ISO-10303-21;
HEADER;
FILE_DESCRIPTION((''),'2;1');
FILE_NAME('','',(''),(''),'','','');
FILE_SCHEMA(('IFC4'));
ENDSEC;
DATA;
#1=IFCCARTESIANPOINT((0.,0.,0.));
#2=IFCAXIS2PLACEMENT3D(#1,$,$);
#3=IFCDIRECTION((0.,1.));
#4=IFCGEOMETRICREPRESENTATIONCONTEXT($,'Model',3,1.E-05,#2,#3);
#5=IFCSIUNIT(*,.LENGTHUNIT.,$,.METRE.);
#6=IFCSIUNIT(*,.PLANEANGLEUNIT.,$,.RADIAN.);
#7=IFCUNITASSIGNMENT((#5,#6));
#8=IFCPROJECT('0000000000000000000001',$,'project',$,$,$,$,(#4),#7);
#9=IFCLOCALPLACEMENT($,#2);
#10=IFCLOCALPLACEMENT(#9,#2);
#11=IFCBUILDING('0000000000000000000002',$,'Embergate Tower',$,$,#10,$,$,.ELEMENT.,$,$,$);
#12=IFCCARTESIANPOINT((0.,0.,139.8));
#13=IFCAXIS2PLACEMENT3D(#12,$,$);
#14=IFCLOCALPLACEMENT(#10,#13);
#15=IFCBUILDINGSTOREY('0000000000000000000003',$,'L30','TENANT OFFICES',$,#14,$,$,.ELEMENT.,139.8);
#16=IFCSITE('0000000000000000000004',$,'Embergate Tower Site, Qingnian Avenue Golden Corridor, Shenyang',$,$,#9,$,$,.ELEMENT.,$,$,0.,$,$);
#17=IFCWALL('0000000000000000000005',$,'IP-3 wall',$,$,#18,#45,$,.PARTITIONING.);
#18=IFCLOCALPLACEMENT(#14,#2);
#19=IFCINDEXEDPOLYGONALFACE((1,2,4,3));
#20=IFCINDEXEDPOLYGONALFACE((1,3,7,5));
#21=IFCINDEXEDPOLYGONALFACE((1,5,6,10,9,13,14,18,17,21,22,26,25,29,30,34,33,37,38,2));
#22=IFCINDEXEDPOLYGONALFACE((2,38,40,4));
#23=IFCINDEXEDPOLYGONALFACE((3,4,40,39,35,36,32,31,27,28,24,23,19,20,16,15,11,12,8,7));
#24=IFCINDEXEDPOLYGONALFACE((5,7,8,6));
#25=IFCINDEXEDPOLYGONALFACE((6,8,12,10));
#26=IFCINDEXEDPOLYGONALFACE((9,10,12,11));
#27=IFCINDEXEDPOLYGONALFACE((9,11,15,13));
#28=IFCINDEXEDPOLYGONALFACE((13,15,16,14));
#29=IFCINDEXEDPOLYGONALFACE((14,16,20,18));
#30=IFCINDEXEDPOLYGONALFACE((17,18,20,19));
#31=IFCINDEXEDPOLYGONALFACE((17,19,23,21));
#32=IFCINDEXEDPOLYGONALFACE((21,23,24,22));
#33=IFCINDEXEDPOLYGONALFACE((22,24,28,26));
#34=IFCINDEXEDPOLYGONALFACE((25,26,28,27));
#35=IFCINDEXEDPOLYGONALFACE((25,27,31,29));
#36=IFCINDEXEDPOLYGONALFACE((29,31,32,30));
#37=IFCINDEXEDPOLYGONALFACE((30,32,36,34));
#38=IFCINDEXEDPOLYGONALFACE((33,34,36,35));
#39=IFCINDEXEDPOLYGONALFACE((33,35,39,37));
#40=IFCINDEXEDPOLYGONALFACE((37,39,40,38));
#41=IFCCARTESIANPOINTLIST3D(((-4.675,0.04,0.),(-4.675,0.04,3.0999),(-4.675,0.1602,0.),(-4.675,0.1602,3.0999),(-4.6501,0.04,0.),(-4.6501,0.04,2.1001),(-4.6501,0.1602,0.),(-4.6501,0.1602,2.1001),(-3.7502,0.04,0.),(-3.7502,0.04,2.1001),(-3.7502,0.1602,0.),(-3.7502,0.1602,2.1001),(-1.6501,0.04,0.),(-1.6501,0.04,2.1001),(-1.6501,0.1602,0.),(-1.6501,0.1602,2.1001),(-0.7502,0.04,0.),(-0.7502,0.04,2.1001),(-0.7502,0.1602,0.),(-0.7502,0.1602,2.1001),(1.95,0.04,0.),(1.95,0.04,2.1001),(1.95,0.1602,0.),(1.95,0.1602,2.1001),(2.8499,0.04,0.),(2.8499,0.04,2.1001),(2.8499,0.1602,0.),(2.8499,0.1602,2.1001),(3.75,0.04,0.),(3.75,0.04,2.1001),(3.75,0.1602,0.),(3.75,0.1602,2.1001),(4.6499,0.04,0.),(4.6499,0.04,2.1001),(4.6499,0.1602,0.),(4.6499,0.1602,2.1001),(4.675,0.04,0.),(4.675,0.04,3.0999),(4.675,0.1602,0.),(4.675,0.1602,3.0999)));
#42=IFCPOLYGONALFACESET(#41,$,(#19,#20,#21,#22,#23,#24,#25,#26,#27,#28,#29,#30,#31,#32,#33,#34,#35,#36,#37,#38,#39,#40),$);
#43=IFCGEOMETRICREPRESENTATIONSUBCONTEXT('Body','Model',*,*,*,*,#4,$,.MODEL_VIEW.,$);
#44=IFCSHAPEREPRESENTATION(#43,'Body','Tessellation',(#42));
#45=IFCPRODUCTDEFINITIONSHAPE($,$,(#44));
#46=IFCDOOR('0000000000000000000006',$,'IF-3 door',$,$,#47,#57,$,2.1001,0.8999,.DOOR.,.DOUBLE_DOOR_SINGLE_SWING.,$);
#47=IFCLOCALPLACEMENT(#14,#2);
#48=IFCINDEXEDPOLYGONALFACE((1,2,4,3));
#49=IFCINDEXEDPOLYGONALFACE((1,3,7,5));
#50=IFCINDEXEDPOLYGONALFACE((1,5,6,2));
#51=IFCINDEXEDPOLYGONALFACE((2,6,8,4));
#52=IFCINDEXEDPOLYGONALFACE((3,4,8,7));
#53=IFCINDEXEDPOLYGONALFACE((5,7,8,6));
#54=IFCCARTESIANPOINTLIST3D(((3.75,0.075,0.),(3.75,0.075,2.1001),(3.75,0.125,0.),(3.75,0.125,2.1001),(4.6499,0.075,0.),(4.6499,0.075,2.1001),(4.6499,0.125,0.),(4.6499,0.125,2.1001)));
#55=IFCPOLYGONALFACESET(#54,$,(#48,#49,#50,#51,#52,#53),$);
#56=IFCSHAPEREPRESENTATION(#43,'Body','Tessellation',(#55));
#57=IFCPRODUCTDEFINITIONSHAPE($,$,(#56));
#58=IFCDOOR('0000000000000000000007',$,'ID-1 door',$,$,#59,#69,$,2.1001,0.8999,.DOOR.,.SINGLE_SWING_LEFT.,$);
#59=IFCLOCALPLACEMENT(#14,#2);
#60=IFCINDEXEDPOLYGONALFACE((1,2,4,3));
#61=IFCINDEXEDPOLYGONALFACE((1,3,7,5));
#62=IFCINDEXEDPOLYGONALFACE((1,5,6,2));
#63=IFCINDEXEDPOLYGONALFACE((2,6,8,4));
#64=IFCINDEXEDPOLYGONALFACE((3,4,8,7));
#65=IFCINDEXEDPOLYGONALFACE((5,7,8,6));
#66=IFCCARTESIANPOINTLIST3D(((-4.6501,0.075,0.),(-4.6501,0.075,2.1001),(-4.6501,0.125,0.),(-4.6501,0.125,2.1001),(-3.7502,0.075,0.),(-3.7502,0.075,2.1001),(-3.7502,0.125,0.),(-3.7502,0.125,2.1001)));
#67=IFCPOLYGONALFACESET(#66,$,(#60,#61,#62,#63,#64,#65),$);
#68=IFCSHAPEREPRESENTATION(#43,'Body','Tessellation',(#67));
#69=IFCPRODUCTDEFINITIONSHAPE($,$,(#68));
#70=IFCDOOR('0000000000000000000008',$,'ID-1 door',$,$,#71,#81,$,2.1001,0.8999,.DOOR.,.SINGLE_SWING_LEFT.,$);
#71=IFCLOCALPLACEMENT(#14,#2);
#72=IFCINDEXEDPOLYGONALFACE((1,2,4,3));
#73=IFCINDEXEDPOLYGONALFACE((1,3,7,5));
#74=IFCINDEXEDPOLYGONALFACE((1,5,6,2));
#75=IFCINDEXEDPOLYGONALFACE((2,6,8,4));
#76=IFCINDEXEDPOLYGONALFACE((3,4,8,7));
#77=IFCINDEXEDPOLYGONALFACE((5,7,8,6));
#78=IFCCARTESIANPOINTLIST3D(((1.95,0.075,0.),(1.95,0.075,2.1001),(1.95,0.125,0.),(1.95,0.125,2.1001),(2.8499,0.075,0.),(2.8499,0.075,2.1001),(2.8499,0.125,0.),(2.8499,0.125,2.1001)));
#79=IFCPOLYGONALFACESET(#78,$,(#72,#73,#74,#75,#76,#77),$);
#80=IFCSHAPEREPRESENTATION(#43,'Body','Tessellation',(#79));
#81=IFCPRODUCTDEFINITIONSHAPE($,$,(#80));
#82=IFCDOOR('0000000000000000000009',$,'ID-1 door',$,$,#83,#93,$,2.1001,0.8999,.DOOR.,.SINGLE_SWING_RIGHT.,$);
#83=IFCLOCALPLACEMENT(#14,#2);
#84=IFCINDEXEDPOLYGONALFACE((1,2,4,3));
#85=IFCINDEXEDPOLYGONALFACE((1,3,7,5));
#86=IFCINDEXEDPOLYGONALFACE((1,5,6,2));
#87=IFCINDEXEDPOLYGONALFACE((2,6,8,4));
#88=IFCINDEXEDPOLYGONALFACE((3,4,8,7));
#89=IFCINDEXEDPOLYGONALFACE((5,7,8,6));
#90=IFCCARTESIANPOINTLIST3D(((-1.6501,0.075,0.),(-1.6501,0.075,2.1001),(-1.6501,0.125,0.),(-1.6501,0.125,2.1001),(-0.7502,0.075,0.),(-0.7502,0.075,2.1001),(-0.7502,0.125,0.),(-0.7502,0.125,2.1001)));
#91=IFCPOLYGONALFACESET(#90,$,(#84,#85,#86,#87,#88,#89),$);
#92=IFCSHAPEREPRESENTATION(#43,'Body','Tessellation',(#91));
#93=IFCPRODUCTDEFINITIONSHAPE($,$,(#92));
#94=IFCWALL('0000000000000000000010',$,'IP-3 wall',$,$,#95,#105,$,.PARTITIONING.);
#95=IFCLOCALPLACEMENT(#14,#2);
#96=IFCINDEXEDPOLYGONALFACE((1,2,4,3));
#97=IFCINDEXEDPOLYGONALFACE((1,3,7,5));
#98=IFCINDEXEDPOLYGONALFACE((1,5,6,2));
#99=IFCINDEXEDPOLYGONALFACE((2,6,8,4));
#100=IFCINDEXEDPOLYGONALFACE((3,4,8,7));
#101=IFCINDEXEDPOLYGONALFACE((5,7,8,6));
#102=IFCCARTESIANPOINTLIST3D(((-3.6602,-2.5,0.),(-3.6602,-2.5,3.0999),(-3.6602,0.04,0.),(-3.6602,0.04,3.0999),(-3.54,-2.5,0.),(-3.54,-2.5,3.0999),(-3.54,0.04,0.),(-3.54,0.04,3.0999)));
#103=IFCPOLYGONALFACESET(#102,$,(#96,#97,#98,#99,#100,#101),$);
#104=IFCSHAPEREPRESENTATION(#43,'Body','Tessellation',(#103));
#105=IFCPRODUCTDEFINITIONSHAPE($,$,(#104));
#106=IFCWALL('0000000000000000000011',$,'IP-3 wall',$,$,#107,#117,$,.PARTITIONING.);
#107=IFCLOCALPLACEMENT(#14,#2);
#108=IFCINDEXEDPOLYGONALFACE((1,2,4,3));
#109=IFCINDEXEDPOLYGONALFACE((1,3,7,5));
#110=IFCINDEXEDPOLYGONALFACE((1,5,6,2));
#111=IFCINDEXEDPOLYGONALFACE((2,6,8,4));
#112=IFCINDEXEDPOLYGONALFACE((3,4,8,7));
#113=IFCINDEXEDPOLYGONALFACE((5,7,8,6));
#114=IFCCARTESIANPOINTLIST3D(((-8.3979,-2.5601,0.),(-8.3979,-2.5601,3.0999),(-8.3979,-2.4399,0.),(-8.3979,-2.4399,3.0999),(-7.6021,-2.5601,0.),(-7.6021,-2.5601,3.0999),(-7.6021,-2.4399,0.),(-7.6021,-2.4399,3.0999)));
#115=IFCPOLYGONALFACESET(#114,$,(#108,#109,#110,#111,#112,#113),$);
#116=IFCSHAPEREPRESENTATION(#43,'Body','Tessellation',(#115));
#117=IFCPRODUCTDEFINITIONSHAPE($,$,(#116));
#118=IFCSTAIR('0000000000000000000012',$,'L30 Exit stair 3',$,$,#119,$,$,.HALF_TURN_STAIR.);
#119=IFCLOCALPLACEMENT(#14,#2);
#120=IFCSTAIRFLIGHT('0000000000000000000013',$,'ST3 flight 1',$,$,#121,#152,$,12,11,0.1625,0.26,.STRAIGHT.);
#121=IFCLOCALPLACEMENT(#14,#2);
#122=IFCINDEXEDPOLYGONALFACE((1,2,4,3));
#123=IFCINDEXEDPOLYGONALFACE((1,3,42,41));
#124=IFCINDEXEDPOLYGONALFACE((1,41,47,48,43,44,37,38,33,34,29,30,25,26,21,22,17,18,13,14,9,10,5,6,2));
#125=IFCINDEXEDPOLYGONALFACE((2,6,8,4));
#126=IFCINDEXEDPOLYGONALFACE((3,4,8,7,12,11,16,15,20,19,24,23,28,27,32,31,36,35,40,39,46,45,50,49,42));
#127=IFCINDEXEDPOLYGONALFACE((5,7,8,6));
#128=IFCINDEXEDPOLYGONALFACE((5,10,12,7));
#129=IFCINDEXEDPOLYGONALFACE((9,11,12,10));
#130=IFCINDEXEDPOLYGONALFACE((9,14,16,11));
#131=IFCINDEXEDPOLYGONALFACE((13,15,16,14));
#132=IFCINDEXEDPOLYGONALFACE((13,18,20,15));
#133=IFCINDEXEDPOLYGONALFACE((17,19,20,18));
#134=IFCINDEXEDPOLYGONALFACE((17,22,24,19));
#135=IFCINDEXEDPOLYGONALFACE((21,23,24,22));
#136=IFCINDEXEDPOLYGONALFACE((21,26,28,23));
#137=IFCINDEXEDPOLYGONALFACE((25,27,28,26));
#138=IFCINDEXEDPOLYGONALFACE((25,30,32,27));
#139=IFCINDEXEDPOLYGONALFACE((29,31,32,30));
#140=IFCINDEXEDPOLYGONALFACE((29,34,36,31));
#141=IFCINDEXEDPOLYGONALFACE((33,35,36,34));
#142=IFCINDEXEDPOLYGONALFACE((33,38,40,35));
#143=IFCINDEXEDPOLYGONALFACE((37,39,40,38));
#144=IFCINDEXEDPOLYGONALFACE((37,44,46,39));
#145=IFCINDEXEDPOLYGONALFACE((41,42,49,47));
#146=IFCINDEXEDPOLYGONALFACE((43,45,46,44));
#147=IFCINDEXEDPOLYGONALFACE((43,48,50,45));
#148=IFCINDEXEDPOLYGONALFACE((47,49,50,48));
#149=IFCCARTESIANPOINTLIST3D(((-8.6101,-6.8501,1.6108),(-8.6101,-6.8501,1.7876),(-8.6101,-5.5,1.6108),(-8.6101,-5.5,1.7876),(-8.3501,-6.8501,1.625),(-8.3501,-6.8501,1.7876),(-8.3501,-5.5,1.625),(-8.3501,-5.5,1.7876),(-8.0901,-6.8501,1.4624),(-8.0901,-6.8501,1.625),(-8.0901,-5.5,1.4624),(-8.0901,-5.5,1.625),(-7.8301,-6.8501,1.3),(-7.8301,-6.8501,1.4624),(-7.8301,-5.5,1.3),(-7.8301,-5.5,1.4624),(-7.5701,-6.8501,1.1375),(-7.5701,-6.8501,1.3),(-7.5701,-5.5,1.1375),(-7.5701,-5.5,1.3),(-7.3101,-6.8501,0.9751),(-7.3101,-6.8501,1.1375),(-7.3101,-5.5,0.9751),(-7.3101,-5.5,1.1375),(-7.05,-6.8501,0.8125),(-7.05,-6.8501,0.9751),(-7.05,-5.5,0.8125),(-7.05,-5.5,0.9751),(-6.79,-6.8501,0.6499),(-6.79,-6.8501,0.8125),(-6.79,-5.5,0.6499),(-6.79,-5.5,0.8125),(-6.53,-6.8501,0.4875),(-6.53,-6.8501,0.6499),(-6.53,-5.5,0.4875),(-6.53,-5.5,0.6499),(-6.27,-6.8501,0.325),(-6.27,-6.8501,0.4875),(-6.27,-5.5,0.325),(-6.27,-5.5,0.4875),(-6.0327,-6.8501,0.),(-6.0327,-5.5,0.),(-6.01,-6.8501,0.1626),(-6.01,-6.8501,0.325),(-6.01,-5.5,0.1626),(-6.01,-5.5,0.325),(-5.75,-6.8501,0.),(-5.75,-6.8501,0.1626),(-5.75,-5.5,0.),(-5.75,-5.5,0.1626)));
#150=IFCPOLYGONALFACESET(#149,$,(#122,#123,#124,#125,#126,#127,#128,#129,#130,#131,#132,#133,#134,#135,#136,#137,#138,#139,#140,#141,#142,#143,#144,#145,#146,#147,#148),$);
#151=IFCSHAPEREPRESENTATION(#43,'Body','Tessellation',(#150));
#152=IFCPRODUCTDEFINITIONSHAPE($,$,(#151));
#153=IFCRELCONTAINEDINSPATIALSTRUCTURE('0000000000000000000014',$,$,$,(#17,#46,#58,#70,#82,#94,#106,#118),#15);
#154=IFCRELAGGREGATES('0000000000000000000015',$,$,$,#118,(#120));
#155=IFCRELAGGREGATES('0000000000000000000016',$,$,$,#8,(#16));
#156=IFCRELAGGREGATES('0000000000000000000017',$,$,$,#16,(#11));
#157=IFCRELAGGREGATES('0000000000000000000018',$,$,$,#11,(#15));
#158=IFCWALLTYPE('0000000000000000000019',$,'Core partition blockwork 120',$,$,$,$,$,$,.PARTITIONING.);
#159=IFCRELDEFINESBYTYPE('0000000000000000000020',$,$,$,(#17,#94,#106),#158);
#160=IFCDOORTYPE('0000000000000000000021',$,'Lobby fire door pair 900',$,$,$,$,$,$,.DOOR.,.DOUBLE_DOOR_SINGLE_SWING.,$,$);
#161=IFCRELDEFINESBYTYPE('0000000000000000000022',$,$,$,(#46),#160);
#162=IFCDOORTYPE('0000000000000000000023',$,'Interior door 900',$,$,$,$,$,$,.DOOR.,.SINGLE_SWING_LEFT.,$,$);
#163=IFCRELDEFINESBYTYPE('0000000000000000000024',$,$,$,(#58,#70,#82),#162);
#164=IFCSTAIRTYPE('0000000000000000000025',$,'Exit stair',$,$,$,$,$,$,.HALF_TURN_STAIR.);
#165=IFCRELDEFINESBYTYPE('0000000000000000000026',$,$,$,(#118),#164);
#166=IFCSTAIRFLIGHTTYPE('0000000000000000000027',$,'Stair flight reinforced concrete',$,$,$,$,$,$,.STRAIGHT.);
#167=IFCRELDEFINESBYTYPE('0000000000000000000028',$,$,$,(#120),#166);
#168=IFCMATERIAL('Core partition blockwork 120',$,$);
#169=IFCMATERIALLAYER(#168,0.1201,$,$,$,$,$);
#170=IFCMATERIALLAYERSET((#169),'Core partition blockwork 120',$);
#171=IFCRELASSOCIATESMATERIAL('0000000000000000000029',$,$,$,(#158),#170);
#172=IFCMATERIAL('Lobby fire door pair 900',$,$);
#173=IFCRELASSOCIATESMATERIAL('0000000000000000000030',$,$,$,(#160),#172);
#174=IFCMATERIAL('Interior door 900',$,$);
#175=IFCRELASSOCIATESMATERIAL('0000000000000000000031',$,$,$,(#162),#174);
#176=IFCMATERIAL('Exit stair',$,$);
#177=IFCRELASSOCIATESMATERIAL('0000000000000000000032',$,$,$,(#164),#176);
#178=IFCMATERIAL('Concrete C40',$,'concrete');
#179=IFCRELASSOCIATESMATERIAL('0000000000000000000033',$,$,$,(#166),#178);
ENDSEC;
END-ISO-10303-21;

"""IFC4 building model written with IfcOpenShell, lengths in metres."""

from ifc_helpers import new_model, si_unit, direction, frame, frame_2d, origin, place, context, subcontext, project, spatial, polyline, rectangle, outline, extrude, source, transform, mapped, material, layer, layer_set, type_object, element, fill, aggregate, save


model = new_model("IFC4")

# Units and contexts
model_context = context("Model", 3, precision=1e-05, world=origin(), true_north=direction((0.0, 1.0)))
body_context = subcontext(model_context, "Body", "Model", "MODEL_VIEW")
ifc_project = project(units=[si_unit("LENGTHUNIT", "METRE"), si_unit("PLANEANGLEUNIT", "RADIAN")], contexts=[model_context])

# Site, building, storey
site_placement = place(None, origin())
site = spatial("IfcSite", under=ifc_project, at=site_placement, Name="Embergate Tower Site, Qingnian Avenue Golden Corridor, Shenyang", CompositionType="ELEMENT", RefElevation=0.0)
building_placement = place(site_placement, origin())
building = spatial("IfcBuilding", under=site, at=building_placement, Name="Embergate Tower", CompositionType="ELEMENT")
storey_placement = place(building_placement, frame((0.0, 0.0, 139.8)))
storey = spatial("IfcBuildingStorey", under=building, at=storey_placement, Name="L30", Description="TENANT OFFICES", CompositionType="ELEMENT", Elevation=139.8)

# Shared definitions
ifc_material_1 = material(Name="Core partition blockwork 120")
ifc_layer_1 = layer(ifc_material_1, 0.1201)
ifc_layer_set_1 = layer_set([ifc_layer_1], Name="Core partition blockwork 120")
wall_type_1 = type_object("IfcWallType", Name="Core partition blockwork 120", PredefinedType="PARTITIONING", material=ifc_layer_set_1)

# Wall, openings, doors
shared_shape_1 = source(origin(), body_context, "Body", "SweptSolid", [
    extrude(rectangle(XDim=9.3501, YDim=0.1201, at=frame_2d((4.675, 0.0))), origin(), (0.0, 0.0, 1.0), 3.0999),
])
wall_1_placement = place(storey_placement, frame((-4.675, 0.1001, 0.0), z_axis=(0.0, 0.0, 1.0), x_axis=(1.0, 0.0, 0.0)))
wall_1 = element("IfcWall", 1, at=wall_1_placement, inside=storey, type_object=wall_type_1, Name="IP-3 wall", PredefinedType="PARTITIONING", context=body_context, shape_type="MappedRepresentation", body=[
    mapped(shared_shape_1, transform((0.0, 0.0, 0.0))),
])
shared_shape_2 = source(origin(), body_context, "Body", "SweptSolid", [
    extrude(rectangle(XDim=0.8999, YDim=2.1001, at=frame_2d((0.45, 1.05))), frame((0.0, 0.0701, 0.0), z_axis=(0.0, -1.0, 0.0), x_axis=(1.0, 0.0, 0.0)), (0.0, 0.0, 1.0), 0.1401),
])
opening_1_placement = place(wall_1_placement, frame((8.425, 0.0, 0.0)))
opening_1 = element("IfcOpeningElement", 2, at=opening_1_placement, cuts=wall_1, PredefinedType="OPENING", context=body_context, shape_type="MappedRepresentation", body=[
    mapped(shared_shape_2, transform((0.0, 0.0, 0.0))),
])
opening_2_placement = place(wall_1_placement, frame((0.0249, 0.0, 0.0)))
opening_2 = element("IfcOpeningElement", 3, at=opening_2_placement, cuts=wall_1, PredefinedType="OPENING", context=body_context, shape_type="MappedRepresentation", body=[
    mapped(shared_shape_2, transform((0.0, 0.0, 0.0))),
])
opening_3_placement = place(wall_1_placement, frame((6.625, 0.0, 0.0)))
opening_3 = element("IfcOpeningElement", 4, at=opening_3_placement, cuts=wall_1, PredefinedType="OPENING", context=body_context, shape_type="MappedRepresentation", body=[
    mapped(shared_shape_2, transform((0.0, 0.0, 0.0))),
])
opening_4_placement = place(wall_1_placement, frame((3.0249, 0.0, 0.0)))
opening_4 = element("IfcOpeningElement", 5, at=opening_4_placement, cuts=wall_1, PredefinedType="OPENING", context=body_context, shape_type="MappedRepresentation", body=[
    mapped(shared_shape_2, transform((0.0, 0.0, 0.0))),
])
ifc_material_2 = material(Name="Lobby fire door pair 900")
door_type_1 = type_object("IfcDoorType", Name="Lobby fire door pair 900", OperationType="DOUBLE_DOOR_SINGLE_SWING", PredefinedType="DOOR", material=ifc_material_2)
shared_shape_3 = source(origin(), body_context, "Body", "SweptSolid", [
    extrude(rectangle(XDim=0.8999, YDim=2.1001, at=frame_2d((0.45, 1.05))), frame((0.0, 0.0249, 0.0), z_axis=(0.0, -1.0, 0.0), x_axis=(1.0, 0.0, 0.0)), (0.0, 0.0, 1.0), 0.05),
])
door_1_placement = place(opening_1_placement, origin())
door_1 = element("IfcDoor", 6, at=door_1_placement, inside=storey, type_object=door_type_1, Name="IF-3 door", OperationType="DOUBLE_DOOR_SINGLE_SWING", OverallHeight=2.1001, OverallWidth=0.8999, PredefinedType="DOOR", context=body_context, shape_type="MappedRepresentation", body=[
    mapped(shared_shape_3, transform((0.0, 0.0, 0.0))),
])
fill(opening_1, door_1)
ifc_material_3 = material(Name="Interior door 900")
door_type_2 = type_object("IfcDoorType", Name="Interior door 900", OperationType="SINGLE_SWING_LEFT", PredefinedType="DOOR", material=ifc_material_3)
door_2_placement = place(opening_2_placement, origin())
door_2 = element("IfcDoor", 7, at=door_2_placement, inside=storey, type_object=door_type_2, Name="ID-1 door", OperationType="SINGLE_SWING_LEFT", OverallHeight=2.1001, OverallWidth=0.8999, PredefinedType="DOOR", context=body_context, shape_type="MappedRepresentation", body=[
    mapped(shared_shape_3, transform((0.0, 0.0, 0.0))),
])
fill(opening_2, door_2)
door_3_placement = place(opening_3_placement, origin())
door_3 = element("IfcDoor", 8, at=door_3_placement, inside=storey, type_object=door_type_2, Name="ID-1 door", OperationType="SINGLE_SWING_LEFT", OverallHeight=2.1001, OverallWidth=0.8999, PredefinedType="DOOR", context=body_context, shape_type="MappedRepresentation", body=[
    mapped(shared_shape_3, transform((0.0, 0.0, 0.0))),
])
fill(opening_3, door_3)
door_4_placement = place(opening_4_placement, origin())
door_4 = element("IfcDoor", 9, at=door_4_placement, inside=storey, type_object=door_type_2, Name="ID-1 door", OperationType="SINGLE_SWING_RIGHT", OverallHeight=2.1001, OverallWidth=0.8999, PredefinedType="DOOR", context=body_context, shape_type="MappedRepresentation", body=[
    mapped(shared_shape_3, transform((0.0, 0.0, 0.0))),
])
fill(opening_4, door_4)

# Walls
shared_shape_4 = source(origin(), body_context, "Body", "SweptSolid", [
    extrude(rectangle(XDim=2.54, YDim=0.1201, at=frame_2d((1.27, 0.0))), origin(), (0.0, 0.0, 1.0), 3.0999),
])
wall_2_placement = place(storey_placement, frame((-3.6001, -2.5, 0.0), z_axis=(0.0, 0.0, 1.0), x_axis=(0.0, 1.0, 0.0)))
element("IfcWall", 10, at=wall_2_placement, inside=storey, type_object=wall_type_1, Name="IP-3 wall", PredefinedType="PARTITIONING", context=body_context, shape_type="MappedRepresentation", body=[
    mapped(shared_shape_4, transform((0.0, 0.0, 0.0))),
])
shared_shape_5 = source(origin(), body_context, "Body", "SweptSolid", [
    extrude(rectangle(XDim=0.7959, YDim=0.1201, at=frame_2d((0.3979, 0.0))), origin(), (0.0, 0.0, 1.0), 3.0999),
])
wall_3_placement = place(storey_placement, frame((-8.3979, -2.5, 0.0), z_axis=(0.0, 0.0, 1.0), x_axis=(1.0, 0.0, 0.0)))
element("IfcWall", 11, at=wall_3_placement, inside=storey, type_object=wall_type_1, Name="IP-3 wall", PredefinedType="PARTITIONING", context=body_context, shape_type="MappedRepresentation", body=[
    mapped(shared_shape_5, transform((0.0, 0.0, 0.0))),
])

# Stair, stair flight
ifc_material_4 = material(Name="Exit stair")
stair_type = type_object("IfcStairType", Name="Exit stair", PredefinedType="HALF_TURN_STAIR", material=ifc_material_4)
stair_placement = place(storey_placement, origin())
stair = element("IfcStair", 12, at=stair_placement, inside=storey, type_object=stair_type, Name="L30 Exit stair 3", PredefinedType="HALF_TURN_STAIR")
ifc_material_5 = material(Name="Concrete C40", Category="concrete")
stair_flight_type = type_object("IfcStairFlightType", Name="Stair flight reinforced concrete", PredefinedType="STRAIGHT", material=ifc_material_5)
shared_shape_6 = source(origin(), body_context, "Body", "SweptSolid", [
    extrude(outline(polyline([(0.0, 0.0), (0.0, 0.1626), (0.26, 0.1626), (0.26, 0.325), (0.52, 0.325), (0.52, 0.4875), (0.78, 0.4875), (0.78, 0.6499), (1.04, 0.6499), (1.04, 0.8125), (1.3, 0.8125), (1.3, 0.9751), (1.5601, 0.9751), (1.5601, 1.1375), (1.8201, 1.1375), (1.8201, 1.3), (2.0801, 1.3), (2.0801, 1.4624), (2.3401, 1.4624), (2.3401, 1.625), (2.6001, 1.625), (2.6001, 1.7876), (2.8601, 1.7876), (2.8601, 1.95), (2.8601, 1.6108), (0.2827, 0.0), (0.0, 0.0)])), frame((0.0, 0.675, 0.0), z_axis=(0.0, -1.0, 0.0), x_axis=(1.0, 0.0, 0.0)), (0.0, 0.0, 1.0), 1.3501),
])
stair_flight_placement = place(storey_placement, frame((-5.75, -6.175, 0.0), z_axis=(0.0, 0.0, 1.0), x_axis=(-1.0, 0.0, 0.0)))
stair_flight = element("IfcStairFlight", 13, at=stair_flight_placement, type_object=stair_flight_type, Name="ST3 flight 1", NumberOfRisers=12, NumberOfTreads=11, PredefinedType="STRAIGHT", RiserHeight=0.1625, TreadLength=0.26, context=body_context, shape_type="MappedRepresentation", body=[
    mapped(shared_shape_6, transform((0.0, 0.0, 0.0))),
])
aggregate(stair, [stair_flight])

save(model, "model.ifc")
